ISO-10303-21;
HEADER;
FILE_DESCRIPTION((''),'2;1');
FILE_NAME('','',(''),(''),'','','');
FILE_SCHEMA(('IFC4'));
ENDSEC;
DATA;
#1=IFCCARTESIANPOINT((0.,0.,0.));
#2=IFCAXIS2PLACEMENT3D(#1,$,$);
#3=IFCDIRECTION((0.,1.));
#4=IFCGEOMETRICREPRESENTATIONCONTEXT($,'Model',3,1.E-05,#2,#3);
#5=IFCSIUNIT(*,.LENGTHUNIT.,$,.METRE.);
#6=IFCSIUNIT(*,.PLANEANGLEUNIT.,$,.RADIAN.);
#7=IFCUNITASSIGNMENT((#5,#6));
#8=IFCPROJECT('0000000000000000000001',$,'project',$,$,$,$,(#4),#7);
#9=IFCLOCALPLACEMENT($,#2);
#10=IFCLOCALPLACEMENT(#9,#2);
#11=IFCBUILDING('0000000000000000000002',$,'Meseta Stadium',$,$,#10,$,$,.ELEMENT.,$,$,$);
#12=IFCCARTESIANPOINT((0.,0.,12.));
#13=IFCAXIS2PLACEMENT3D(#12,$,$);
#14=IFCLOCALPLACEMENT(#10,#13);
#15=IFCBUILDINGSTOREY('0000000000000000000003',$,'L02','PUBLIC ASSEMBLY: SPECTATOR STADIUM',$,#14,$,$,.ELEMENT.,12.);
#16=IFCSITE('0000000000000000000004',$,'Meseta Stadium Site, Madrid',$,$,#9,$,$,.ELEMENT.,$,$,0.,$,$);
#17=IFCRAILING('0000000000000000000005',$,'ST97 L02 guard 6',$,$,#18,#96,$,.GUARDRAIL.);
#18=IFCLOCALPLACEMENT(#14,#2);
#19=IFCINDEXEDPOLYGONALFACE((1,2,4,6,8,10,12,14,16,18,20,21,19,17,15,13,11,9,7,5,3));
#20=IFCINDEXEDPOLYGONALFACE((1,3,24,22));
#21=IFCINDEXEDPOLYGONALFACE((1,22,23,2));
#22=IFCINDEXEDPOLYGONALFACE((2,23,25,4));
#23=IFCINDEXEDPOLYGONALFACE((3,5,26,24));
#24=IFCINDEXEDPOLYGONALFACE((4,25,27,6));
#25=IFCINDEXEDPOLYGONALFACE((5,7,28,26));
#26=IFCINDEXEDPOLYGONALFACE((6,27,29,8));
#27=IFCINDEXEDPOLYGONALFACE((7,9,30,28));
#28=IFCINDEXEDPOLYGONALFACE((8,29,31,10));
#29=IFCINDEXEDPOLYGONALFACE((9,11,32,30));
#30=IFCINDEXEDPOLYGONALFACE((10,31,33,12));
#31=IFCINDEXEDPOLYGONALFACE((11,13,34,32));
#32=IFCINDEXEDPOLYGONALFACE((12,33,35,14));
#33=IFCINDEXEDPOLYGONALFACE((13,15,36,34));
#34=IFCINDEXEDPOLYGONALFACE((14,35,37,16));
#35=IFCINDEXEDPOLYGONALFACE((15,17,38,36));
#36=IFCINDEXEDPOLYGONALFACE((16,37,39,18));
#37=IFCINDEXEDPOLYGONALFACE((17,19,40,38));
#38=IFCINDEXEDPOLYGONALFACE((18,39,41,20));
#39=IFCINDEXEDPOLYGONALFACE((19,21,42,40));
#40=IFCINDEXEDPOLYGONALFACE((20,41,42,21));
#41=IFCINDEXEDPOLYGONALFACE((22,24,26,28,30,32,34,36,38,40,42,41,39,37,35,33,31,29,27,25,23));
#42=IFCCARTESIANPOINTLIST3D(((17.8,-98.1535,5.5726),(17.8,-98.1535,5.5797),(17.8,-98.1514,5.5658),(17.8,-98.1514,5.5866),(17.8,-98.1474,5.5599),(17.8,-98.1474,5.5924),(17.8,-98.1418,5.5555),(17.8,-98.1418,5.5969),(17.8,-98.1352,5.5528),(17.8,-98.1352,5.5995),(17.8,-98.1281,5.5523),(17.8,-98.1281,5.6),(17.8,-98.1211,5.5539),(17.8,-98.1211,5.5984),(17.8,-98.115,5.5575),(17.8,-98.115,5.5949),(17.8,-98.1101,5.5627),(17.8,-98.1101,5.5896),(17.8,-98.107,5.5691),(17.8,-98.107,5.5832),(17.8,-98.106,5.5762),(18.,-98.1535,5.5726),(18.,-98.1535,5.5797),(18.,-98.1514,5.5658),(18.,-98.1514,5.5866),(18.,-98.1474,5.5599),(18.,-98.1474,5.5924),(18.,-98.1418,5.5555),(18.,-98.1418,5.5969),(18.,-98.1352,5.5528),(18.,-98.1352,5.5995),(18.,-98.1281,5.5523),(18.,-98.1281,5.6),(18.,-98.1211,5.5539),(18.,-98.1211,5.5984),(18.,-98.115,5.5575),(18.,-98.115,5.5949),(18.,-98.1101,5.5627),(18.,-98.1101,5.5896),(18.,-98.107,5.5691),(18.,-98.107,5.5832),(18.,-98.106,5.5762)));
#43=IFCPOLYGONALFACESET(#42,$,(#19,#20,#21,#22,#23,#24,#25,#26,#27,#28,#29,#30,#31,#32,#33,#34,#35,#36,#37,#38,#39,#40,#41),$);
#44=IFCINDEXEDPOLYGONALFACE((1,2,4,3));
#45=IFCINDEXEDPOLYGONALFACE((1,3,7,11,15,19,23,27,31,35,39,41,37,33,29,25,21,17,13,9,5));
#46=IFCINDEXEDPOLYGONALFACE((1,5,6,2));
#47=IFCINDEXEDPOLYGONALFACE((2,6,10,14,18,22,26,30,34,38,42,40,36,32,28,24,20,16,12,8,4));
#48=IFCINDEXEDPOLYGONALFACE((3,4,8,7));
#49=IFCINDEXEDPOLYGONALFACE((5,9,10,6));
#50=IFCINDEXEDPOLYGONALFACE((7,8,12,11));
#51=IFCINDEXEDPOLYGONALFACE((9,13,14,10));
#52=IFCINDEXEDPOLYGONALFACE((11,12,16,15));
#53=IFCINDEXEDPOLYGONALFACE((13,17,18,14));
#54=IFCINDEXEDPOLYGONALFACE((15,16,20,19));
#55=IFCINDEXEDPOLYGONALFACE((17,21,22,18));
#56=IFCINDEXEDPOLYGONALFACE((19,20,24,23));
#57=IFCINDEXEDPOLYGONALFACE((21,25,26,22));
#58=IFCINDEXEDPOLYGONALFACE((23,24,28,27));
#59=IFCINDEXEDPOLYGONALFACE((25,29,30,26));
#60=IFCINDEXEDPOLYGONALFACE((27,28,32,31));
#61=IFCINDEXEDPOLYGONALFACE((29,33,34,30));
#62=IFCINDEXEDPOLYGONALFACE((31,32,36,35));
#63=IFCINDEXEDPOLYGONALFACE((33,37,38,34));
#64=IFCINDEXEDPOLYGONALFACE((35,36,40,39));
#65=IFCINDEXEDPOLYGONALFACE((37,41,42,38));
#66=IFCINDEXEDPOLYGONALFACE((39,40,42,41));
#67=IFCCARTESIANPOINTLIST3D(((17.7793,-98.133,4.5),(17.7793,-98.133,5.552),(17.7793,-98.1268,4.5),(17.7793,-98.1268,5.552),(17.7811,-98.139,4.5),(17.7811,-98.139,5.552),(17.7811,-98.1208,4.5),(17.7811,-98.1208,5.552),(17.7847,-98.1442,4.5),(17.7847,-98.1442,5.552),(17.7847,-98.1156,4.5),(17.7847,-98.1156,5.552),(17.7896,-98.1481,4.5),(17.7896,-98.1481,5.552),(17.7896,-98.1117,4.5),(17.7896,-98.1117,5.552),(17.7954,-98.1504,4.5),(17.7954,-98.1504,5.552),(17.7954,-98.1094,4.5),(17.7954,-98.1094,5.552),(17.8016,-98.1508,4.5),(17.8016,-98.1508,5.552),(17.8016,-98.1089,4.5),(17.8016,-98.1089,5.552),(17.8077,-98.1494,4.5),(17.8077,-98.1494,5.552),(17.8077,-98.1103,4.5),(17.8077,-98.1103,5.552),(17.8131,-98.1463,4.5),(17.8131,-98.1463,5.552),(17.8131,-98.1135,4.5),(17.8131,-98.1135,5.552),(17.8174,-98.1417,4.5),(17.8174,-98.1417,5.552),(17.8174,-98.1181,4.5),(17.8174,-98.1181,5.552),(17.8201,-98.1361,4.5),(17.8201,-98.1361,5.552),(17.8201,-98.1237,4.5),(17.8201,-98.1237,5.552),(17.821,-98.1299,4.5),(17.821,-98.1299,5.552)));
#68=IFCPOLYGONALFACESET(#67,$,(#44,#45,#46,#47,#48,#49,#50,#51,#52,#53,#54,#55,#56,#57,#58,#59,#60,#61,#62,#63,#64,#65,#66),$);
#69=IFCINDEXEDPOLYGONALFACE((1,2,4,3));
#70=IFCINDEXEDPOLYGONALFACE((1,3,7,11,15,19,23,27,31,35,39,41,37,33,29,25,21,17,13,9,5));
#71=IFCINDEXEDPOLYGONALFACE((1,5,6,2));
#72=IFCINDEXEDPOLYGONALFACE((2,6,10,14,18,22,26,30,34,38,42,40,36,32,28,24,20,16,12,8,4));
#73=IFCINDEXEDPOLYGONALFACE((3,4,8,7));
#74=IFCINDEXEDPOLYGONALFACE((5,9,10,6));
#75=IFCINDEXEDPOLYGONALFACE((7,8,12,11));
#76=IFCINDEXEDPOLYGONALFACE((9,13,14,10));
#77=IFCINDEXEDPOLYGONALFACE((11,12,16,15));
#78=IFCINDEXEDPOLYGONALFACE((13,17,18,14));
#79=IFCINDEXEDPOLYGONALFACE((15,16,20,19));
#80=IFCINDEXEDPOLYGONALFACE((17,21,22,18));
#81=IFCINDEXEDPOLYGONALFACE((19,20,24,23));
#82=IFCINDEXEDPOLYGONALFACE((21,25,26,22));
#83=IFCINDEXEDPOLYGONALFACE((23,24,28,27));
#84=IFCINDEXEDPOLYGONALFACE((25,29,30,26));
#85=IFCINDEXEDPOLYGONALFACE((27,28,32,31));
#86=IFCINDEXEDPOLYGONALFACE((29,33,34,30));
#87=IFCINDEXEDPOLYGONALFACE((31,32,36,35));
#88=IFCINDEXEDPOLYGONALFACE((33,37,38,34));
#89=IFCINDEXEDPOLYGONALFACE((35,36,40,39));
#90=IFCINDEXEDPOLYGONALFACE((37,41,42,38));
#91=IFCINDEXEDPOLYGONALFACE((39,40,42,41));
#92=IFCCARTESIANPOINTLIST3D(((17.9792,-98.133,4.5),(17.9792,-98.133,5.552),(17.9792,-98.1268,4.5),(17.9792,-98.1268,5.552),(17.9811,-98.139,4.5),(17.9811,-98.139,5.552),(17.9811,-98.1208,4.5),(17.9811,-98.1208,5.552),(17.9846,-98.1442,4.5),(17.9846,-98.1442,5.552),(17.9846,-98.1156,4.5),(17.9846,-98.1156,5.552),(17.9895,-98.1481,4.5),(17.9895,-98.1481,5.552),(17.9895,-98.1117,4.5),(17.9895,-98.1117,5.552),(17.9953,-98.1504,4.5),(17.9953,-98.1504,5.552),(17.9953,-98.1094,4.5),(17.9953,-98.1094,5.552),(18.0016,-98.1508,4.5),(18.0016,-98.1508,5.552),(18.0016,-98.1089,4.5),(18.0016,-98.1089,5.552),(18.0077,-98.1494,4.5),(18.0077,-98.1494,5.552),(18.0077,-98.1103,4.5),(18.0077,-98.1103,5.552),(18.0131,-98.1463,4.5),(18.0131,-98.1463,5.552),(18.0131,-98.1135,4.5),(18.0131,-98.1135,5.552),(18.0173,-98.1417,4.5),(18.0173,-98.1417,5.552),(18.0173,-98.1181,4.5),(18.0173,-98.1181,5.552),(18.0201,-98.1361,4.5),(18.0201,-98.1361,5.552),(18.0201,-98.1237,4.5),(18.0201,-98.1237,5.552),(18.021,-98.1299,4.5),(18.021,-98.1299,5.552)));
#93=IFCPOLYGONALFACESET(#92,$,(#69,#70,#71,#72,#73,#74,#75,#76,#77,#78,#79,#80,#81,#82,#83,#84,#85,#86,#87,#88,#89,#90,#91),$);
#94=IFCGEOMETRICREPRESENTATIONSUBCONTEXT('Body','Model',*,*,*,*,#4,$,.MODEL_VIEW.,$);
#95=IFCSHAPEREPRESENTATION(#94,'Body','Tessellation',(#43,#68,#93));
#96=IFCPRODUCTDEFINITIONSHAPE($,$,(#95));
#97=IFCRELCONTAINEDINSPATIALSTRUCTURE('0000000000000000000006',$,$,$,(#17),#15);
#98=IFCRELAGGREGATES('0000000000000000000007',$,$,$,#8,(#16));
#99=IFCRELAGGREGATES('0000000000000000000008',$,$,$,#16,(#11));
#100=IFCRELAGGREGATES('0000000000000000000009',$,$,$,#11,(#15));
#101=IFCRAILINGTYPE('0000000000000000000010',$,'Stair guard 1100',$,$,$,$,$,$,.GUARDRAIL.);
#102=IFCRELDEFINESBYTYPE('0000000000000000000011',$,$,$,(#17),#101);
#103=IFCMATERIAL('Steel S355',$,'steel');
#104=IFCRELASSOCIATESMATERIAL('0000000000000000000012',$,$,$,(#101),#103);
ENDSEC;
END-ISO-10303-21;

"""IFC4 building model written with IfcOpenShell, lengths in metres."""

from ifc_helpers import new_model, si_unit, direction, frame, origin, origin_2d, place, context, subcontext, project, spatial, circle, extrude, material, type_object, element, save


model = new_model("IFC4")

# Units and contexts
model_context = context("Model", 3, precision=1e-05, world=origin(), true_north=direction((0.0, 1.0)))
body_context = subcontext(model_context, "Body", "Model", "MODEL_VIEW")
ifc_project = project(units=[si_unit("LENGTHUNIT", "METRE"), si_unit("PLANEANGLEUNIT", "RADIAN")], contexts=[model_context])

# Site, building, storey
site_placement = place(None, origin())
site = spatial("IfcSite", under=ifc_project, at=site_placement, Name="Meseta Stadium Site, Madrid", CompositionType="ELEMENT", RefElevation=0.0)
building_placement = place(site_placement, origin())
building = spatial("IfcBuilding", under=site, at=building_placement, Name="Meseta Stadium", CompositionType="ELEMENT")
storey_placement = place(building_placement, frame((0.0, 0.0, 12.0)))
storey = spatial("IfcBuildingStorey", under=building, at=storey_placement, Name="L02", Description="PUBLIC ASSEMBLY: SPECTATOR STADIUM", CompositionType="ELEMENT", Elevation=12.0)

# Railing
ifc_material_1 = material(Name="Steel S355", Category="steel")
railing_type = type_object("IfcRailingType", Name="Stair guard 1100", PredefinedType="GUARDRAIL", material=ifc_material_1)
for number, where, name in (
    (1, (17.8, -98.1299, 4.5), "ST97 L02 guard 6"),
):
    element("IfcRailing", number, at=place(storey_placement, frame(where)), inside=storey, type_object=railing_type, Name=name, PredefinedType="GUARDRAIL", context=body_context, shape_type="SweptSolid", body=[
        extrude(circle(Radius=0.0239, at=origin_2d()), frame((0.0, 0.0, 1.0762), z_axis=(1.0, 0.0, 0.0), x_axis=(0.0, 1.0, 0.0)), (0.0, 0.0, 1.0), 0.2),
        extrude(circle(Radius=0.021, at=origin_2d()), origin(), (0.0, 0.0, 1.0), 1.052),
        extrude(circle(Radius=0.021, at=origin_2d()), frame((0.2, 0.0, 0.0)), (0.0, 0.0, 1.0), 1.052),
    ])

save(model, "model.ifc")
